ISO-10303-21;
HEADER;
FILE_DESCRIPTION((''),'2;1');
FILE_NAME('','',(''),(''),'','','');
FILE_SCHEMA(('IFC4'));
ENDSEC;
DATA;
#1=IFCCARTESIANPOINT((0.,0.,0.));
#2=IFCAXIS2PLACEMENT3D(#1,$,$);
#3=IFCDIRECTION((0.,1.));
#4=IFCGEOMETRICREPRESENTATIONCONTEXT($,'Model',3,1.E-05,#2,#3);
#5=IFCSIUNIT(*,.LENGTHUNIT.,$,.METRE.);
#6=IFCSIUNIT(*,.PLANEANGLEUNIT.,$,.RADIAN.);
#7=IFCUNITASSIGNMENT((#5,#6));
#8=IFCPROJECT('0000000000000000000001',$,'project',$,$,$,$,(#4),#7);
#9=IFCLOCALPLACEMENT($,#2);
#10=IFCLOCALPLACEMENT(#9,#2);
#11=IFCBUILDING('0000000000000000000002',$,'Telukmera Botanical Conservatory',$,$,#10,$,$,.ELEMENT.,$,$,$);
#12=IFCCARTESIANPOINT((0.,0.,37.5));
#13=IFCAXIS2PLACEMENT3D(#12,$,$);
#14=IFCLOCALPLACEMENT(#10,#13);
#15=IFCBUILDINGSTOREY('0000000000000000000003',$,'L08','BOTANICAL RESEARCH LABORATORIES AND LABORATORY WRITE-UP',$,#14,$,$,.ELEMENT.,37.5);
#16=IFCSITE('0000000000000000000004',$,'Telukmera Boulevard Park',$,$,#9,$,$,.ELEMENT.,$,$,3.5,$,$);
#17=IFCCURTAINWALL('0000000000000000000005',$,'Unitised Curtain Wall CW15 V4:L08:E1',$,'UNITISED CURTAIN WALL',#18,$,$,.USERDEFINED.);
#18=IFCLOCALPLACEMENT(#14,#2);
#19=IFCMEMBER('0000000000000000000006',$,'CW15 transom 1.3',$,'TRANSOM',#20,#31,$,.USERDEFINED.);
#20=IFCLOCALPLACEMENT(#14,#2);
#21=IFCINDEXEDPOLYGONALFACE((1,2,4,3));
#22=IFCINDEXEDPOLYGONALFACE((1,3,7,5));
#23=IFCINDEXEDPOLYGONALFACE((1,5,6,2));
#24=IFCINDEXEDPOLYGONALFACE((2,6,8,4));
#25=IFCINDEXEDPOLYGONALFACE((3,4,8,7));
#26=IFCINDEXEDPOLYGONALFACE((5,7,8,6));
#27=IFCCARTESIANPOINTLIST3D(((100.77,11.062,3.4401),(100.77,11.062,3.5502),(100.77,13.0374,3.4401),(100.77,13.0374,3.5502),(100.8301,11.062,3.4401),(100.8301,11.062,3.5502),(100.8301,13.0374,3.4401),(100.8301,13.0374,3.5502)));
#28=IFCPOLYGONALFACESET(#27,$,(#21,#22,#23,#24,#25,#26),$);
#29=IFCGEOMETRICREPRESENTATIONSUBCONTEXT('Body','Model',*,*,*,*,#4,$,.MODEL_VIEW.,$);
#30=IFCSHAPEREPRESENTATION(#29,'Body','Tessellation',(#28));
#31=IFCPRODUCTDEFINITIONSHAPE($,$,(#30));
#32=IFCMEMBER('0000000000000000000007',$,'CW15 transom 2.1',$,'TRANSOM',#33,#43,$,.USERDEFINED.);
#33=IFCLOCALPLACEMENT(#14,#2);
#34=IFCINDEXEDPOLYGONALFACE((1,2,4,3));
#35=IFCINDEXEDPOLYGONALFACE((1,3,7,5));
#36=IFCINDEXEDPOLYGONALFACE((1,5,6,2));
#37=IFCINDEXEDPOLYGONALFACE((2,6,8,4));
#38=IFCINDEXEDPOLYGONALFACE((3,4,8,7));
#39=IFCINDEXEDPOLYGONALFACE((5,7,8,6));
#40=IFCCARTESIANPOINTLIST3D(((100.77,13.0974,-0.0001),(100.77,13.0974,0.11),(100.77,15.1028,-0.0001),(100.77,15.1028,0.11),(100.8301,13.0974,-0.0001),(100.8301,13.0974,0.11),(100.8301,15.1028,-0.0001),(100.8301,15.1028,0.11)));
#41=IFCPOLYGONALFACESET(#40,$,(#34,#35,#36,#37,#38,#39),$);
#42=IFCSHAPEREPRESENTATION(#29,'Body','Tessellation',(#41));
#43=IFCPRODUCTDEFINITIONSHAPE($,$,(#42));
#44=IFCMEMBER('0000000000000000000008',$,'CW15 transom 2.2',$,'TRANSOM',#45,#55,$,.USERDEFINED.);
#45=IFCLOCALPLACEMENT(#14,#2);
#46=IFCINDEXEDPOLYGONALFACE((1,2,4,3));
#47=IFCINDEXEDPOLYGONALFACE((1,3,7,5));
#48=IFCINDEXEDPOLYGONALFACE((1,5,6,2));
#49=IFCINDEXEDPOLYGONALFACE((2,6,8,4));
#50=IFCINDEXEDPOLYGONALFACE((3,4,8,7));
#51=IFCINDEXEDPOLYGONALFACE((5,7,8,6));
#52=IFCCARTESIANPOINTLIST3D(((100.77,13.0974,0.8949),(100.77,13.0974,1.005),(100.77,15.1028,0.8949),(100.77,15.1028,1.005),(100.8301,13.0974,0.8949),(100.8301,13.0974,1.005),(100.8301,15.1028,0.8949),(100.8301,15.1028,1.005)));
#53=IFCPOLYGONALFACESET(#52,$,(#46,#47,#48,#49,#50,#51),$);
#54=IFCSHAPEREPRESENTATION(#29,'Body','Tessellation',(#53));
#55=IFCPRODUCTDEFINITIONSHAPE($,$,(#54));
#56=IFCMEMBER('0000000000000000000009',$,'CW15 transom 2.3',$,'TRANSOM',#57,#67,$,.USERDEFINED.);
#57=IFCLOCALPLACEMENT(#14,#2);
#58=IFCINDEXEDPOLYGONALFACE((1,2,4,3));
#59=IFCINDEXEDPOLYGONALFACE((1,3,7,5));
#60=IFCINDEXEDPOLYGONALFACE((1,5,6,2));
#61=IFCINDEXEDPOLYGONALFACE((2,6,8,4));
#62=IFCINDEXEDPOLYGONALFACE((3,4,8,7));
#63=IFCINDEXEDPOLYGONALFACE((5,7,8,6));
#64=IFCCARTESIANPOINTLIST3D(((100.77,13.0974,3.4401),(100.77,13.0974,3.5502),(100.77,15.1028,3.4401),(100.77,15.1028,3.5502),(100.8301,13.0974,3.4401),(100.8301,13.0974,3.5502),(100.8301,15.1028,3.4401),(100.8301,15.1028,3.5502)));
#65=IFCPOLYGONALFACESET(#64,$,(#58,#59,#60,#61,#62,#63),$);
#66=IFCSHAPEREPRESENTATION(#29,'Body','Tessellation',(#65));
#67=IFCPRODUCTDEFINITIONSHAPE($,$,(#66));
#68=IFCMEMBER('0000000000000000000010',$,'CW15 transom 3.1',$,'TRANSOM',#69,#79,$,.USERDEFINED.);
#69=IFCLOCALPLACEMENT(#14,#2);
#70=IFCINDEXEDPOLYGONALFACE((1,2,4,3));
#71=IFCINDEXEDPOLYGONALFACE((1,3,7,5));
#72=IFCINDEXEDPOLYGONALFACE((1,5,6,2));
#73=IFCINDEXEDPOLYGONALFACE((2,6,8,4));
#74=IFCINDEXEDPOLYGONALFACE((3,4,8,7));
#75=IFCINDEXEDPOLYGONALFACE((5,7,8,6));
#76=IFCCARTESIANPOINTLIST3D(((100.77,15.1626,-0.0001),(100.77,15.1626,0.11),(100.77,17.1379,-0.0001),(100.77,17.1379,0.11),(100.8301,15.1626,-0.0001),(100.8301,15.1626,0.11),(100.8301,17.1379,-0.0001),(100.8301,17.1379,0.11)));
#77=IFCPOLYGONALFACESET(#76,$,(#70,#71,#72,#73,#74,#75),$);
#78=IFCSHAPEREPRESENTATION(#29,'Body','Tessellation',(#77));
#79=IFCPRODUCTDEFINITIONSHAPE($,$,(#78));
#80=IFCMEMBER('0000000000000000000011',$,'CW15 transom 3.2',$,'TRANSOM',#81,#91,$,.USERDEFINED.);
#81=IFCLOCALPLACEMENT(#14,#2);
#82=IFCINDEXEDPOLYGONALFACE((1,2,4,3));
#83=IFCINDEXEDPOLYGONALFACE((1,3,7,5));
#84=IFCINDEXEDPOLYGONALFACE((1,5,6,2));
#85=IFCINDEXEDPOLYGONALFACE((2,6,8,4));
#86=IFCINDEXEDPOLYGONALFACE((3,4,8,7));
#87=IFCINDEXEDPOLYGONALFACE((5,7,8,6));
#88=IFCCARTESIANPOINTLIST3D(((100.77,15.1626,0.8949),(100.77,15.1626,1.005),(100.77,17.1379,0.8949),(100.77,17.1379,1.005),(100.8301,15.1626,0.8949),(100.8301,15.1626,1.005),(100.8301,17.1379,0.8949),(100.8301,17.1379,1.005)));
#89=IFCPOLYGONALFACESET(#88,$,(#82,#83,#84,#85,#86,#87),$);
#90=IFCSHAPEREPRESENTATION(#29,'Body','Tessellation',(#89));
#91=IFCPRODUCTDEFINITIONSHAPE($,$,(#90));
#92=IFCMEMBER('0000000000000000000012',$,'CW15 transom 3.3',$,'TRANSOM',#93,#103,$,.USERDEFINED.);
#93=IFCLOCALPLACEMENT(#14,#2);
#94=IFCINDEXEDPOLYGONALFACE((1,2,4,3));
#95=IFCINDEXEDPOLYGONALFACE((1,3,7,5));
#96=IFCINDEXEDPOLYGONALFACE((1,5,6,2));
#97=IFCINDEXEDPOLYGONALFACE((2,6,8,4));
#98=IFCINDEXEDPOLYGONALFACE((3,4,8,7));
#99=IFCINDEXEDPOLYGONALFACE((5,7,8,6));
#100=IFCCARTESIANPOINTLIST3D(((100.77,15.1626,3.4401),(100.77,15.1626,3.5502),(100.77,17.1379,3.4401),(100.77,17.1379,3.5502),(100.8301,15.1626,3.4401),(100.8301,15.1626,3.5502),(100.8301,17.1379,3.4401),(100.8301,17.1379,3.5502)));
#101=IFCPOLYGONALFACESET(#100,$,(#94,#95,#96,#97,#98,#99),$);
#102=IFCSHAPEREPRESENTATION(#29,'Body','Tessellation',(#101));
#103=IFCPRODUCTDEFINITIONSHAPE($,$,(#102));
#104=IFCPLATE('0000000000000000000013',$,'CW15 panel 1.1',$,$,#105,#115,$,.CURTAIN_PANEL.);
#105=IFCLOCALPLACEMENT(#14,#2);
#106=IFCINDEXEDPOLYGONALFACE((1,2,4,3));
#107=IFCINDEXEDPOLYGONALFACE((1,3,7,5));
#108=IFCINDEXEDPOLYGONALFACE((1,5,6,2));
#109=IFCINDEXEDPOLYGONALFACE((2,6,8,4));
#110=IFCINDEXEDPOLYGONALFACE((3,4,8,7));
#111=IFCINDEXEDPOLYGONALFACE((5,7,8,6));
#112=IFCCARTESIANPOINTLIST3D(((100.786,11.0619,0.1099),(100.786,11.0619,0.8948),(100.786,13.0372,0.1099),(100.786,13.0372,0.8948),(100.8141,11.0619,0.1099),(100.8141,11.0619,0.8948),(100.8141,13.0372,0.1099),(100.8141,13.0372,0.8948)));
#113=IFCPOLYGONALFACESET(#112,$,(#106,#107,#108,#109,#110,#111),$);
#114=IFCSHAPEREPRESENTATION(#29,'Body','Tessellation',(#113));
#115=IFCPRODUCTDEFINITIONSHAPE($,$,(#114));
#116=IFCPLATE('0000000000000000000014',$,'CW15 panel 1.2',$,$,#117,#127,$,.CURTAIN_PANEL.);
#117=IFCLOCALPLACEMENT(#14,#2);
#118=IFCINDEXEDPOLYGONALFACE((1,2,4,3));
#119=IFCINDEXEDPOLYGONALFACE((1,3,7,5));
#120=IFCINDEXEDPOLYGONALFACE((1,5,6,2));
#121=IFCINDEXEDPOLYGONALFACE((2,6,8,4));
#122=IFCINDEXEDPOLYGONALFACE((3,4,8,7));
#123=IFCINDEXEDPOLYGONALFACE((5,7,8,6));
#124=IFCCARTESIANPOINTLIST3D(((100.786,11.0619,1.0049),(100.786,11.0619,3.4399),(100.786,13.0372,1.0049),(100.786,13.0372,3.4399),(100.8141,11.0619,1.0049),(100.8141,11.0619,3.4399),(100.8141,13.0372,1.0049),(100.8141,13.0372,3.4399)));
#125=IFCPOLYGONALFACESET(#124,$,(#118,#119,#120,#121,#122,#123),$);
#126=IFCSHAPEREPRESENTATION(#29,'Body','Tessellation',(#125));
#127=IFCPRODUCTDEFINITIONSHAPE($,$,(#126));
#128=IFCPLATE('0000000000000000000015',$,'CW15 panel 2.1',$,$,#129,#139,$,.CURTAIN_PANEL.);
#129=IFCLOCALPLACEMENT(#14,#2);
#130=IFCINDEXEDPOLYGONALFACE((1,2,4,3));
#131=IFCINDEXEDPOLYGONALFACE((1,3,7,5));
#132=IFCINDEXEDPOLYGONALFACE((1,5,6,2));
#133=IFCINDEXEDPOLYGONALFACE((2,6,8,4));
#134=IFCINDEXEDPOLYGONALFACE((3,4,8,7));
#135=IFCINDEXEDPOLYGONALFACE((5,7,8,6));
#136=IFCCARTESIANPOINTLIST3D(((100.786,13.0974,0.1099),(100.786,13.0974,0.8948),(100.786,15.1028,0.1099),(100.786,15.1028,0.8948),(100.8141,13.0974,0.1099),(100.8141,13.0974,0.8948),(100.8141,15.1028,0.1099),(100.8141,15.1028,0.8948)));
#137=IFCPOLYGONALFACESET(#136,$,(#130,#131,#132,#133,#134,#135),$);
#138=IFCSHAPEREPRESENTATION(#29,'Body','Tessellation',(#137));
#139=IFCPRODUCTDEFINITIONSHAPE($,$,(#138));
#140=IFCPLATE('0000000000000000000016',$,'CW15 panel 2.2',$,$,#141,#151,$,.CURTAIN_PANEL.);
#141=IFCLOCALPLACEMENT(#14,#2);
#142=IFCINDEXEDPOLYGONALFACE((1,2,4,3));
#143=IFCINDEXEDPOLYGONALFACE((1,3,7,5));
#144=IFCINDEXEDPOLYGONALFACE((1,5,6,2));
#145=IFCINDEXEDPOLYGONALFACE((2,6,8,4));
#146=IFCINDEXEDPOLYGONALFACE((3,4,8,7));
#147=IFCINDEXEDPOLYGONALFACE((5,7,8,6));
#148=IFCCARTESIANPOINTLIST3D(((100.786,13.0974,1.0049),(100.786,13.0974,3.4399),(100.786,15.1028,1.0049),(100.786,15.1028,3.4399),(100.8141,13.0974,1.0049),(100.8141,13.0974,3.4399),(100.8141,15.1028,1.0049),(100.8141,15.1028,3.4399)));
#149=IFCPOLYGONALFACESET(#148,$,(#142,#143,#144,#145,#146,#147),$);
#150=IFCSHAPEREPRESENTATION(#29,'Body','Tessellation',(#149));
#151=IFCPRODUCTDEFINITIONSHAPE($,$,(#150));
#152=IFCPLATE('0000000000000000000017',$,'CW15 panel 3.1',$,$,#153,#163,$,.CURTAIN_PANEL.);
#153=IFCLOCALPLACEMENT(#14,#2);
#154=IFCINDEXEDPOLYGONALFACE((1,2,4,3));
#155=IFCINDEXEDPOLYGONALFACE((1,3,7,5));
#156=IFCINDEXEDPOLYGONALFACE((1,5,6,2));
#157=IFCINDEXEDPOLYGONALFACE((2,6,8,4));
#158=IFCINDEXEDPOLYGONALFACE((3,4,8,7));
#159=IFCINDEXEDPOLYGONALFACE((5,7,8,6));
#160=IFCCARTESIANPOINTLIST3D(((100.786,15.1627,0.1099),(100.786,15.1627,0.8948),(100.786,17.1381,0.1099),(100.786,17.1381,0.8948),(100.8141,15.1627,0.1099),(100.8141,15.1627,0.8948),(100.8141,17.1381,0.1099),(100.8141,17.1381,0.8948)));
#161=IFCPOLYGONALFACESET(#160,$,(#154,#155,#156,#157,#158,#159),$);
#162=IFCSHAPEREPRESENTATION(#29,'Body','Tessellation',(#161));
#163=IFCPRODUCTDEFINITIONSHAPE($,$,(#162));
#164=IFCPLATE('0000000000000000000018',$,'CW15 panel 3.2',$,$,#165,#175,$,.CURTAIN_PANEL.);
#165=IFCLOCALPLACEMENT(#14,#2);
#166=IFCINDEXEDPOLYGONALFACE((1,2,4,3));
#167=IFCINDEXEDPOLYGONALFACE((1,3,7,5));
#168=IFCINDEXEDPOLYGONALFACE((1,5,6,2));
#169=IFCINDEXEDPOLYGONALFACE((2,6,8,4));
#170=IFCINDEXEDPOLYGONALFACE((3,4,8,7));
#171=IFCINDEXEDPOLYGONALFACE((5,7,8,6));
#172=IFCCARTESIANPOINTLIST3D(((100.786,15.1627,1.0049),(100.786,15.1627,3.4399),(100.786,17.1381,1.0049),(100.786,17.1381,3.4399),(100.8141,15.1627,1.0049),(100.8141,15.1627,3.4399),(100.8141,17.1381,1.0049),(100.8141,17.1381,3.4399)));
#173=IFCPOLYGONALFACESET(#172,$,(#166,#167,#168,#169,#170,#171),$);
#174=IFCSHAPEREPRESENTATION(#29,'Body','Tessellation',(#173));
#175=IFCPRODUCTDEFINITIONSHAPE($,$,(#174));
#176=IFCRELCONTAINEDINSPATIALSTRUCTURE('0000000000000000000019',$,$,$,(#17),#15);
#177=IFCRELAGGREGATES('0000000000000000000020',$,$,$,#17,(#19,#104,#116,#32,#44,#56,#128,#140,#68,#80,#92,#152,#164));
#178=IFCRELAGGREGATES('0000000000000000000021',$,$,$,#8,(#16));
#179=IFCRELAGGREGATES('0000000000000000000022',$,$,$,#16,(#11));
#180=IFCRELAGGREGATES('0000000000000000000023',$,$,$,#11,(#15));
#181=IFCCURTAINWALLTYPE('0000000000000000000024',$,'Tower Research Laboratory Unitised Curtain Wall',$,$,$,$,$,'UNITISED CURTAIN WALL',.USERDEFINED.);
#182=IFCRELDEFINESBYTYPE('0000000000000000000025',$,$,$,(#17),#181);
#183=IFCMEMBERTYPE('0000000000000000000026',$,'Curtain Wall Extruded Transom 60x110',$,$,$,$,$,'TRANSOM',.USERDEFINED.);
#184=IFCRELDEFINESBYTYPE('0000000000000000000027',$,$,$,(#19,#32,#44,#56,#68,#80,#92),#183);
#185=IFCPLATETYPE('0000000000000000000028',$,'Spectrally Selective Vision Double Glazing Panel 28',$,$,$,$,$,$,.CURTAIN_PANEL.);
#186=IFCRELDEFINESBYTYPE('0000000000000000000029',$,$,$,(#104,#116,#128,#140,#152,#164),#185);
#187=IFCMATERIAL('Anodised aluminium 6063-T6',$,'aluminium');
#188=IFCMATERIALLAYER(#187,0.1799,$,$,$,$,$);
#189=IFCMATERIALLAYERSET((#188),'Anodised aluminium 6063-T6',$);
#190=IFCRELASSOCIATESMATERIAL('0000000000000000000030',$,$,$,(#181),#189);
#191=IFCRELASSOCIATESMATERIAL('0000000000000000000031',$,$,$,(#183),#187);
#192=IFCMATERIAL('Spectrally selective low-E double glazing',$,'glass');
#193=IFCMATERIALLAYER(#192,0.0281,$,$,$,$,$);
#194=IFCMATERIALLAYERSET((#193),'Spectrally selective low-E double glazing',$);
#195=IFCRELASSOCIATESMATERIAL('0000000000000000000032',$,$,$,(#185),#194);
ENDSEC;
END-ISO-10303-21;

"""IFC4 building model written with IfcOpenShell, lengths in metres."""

from ifc_helpers import new_model, si_unit, direction, frame, origin, origin_2d, place, context, subcontext, project, spatial, rectangle, extrude, material, layer, layer_set, material_profile, profile_set, type_object, element, aggregate, save


model = new_model("IFC4")

# Units and contexts
model_context = context("Model", 3, precision=1e-05, world=origin(), true_north=direction((0.0, 1.0)))
body_context = subcontext(model_context, "Body", "Model", "MODEL_VIEW")
ifc_project = project(units=[si_unit("LENGTHUNIT", "METRE"), si_unit("PLANEANGLEUNIT", "RADIAN")], contexts=[model_context])

# Site, building, storey
site_placement = place(None, origin())
site = spatial("IfcSite", under=ifc_project, at=site_placement, Name="Telukmera Boulevard Park", CompositionType="ELEMENT", RefElevation=3.5)
building_placement = place(site_placement, origin())
building = spatial("IfcBuilding", under=site, at=building_placement, Name="Telukmera Botanical Conservatory", CompositionType="ELEMENT")
storey_placement = place(building_placement, frame((0.0, 0.0, 37.5)))
storey = spatial("IfcBuildingStorey", under=building, at=storey_placement, Name="L08", Description="BOTANICAL RESEARCH LABORATORIES AND LABORATORY WRITE-UP", CompositionType="ELEMENT", Elevation=37.5)

# Curtain wall, members, plates
ifc_material_1 = material(Name="Anodised aluminium 6063-T6", Category="aluminium")
ifc_layer_1 = layer(ifc_material_1, 0.1799)
ifc_layer_set_1 = layer_set([ifc_layer_1], Name="Anodised aluminium 6063-T6")
curtain_wall_type = type_object("IfcCurtainWallType", Name="Tower Research Laboratory Unitised Curtain Wall", ElementType="UNITISED CURTAIN WALL", PredefinedType="USERDEFINED", material=ifc_layer_set_1)
curtain_wall_placement = place(storey_placement, origin())
curtain_wall = element("IfcCurtainWall", 1, at=curtain_wall_placement, inside=storey, type_object=curtain_wall_type, Name="Unitised Curtain Wall CW15 V4:L08:E1", ObjectType="UNITISED CURTAIN WALL", PredefinedType="USERDEFINED")
ifc_material_profile_1 = material_profile(ifc_material_1, rectangle(XDim=0.0601, YDim=0.1101, at=origin_2d()), Name="ALU TRAN 60x110")
ifc_profile_set_1 = profile_set([ifc_material_profile_1], Name="Anodised aluminium 6063-T6")
member_type_1 = type_object("IfcMemberType", Name="Curtain Wall Extruded Transom 60x110", ElementType="TRANSOM", PredefinedType="USERDEFINED", material=ifc_profile_set_1)
member_1_placement = place(storey_placement, frame((100.8, 11.062, 3.4951), z_axis=(0.0, 1.0, 0.0), x_axis=(-1.0, 0.0, 0.0)))
member_1 = element("IfcMember", 2, at=member_1_placement, type_object=member_type_1, Name="CW15 transom 1.3", ObjectType="TRANSOM", PredefinedType="USERDEFINED", context=body_context, shape_type="SweptSolid", body=[
    extrude(rectangle(XDim=0.0601, YDim=0.1101, at=origin_2d()), origin(), (0.0, 0.0, 1.0), 1.9753),
])
member_2_placement = place(storey_placement, frame((100.8, 13.0974, 0.0549), z_axis=(0.0, 1.0, 0.0), x_axis=(-1.0, 0.0, 0.0)))
member_2 = element("IfcMember", 3, at=member_2_placement, type_object=member_type_1, Name="CW15 transom 2.1", ObjectType="TRANSOM", PredefinedType="USERDEFINED", context=body_context, shape_type="SweptSolid", body=[
    extrude(rectangle(XDim=0.0601, YDim=0.1101, at=origin_2d()), origin(), (0.0, 0.0, 1.0), 2.0054),
])
member_3_placement = place(storey_placement, frame((100.8, 13.0974, 0.95), z_axis=(0.0, 1.0, 0.0), x_axis=(-1.0, 0.0, 0.0)))
member_3 = element("IfcMember", 4, at=member_3_placement, type_object=member_type_1, Name="CW15 transom 2.2", ObjectType="TRANSOM", PredefinedType="USERDEFINED", context=body_context, shape_type="SweptSolid", body=[
    extrude(rectangle(XDim=0.0601, YDim=0.1101, at=origin_2d()), origin(), (0.0, 0.0, 1.0), 2.0054),
])
member_4_placement = place(storey_placement, frame((100.8, 13.0974, 3.4951), z_axis=(0.0, 1.0, 0.0), x_axis=(-1.0, 0.0, 0.0)))
member_4 = element("IfcMember", 5, at=member_4_placement, type_object=member_type_1, Name="CW15 transom 2.3", ObjectType="TRANSOM", PredefinedType="USERDEFINED", context=body_context, shape_type="SweptSolid", body=[
    extrude(rectangle(XDim=0.0601, YDim=0.1101, at=origin_2d()), origin(), (0.0, 0.0, 1.0), 2.0054),
])
member_5_placement = place(storey_placement, frame((100.8, 15.1626, 0.0549), z_axis=(0.0, 1.0, 0.0), x_axis=(-1.0, 0.0, 0.0)))
member_5 = element("IfcMember", 6, at=member_5_placement, type_object=member_type_1, Name="CW15 transom 3.1", ObjectType="TRANSOM", PredefinedType="USERDEFINED", context=body_context, shape_type="SweptSolid", body=[
    extrude(rectangle(XDim=0.0601, YDim=0.1101, at=origin_2d()), origin(), (0.0, 0.0, 1.0), 1.9753),
])
member_6_placement = place(storey_placement, frame((100.8, 15.1626, 0.95), z_axis=(0.0, 1.0, 0.0), x_axis=(-1.0, 0.0, 0.0)))
member_6 = element("IfcMember", 7, at=member_6_placement, type_object=member_type_1, Name="CW15 transom 3.2", ObjectType="TRANSOM", PredefinedType="USERDEFINED", context=body_context, shape_type="SweptSolid", body=[
    extrude(rectangle(XDim=0.0601, YDim=0.1101, at=origin_2d()), origin(), (0.0, 0.0, 1.0), 1.9753),
])
member_7_placement = place(storey_placement, frame((100.8, 15.1626, 3.4951), z_axis=(0.0, 1.0, 0.0), x_axis=(-1.0, 0.0, 0.0)))
member_7 = element("IfcMember", 8, at=member_7_placement, type_object=member_type_1, Name="CW15 transom 3.3", ObjectType="TRANSOM", PredefinedType="USERDEFINED", context=body_context, shape_type="SweptSolid", body=[
    extrude(rectangle(XDim=0.0601, YDim=0.1101, at=origin_2d()), origin(), (0.0, 0.0, 1.0), 1.9753),
])
ifc_material_2 = material(Name="Spectrally selective low-E double glazing", Category="glass")
ifc_layer_2 = layer(ifc_material_2, 0.0281)
ifc_layer_set_2 = layer_set([ifc_layer_2], Name="Spectrally selective low-E double glazing")
plate_type = type_object("IfcPlateType", Name="Spectrally Selective Vision Double Glazing Panel 28", PredefinedType="CURTAIN_PANEL", material=ifc_layer_set_2)
plate_1_placement = place(storey_placement, frame((100.8, 12.0496, 0.1099), z_axis=(0.0, 0.0, 1.0), x_axis=(0.0, 1.0, 0.0)))
plate_1 = element("IfcPlate", 9, at=plate_1_placement, type_object=plate_type, Name="CW15 panel 1.1", PredefinedType="CURTAIN_PANEL", context=body_context, shape_type="SweptSolid", body=[
    extrude(rectangle(XDim=1.9753, YDim=0.0281, at=origin_2d()), origin(), (0.0, 0.0, 1.0), 0.7849),
])
plate_2_placement = place(storey_placement, frame((100.8, 12.0496, 1.0049), z_axis=(0.0, 0.0, 1.0), x_axis=(0.0, 1.0, 0.0)))
plate_2 = element("IfcPlate", 10, at=plate_2_placement, type_object=plate_type, Name="CW15 panel 1.2", PredefinedType="CURTAIN_PANEL", context=body_context, shape_type="SweptSolid", body=[
    extrude(rectangle(XDim=1.9753, YDim=0.0281, at=origin_2d()), origin(), (0.0, 0.0, 1.0), 2.4351),
])
plate_3_placement = place(storey_placement, frame((100.8, 14.1001, 0.1099), z_axis=(0.0, 0.0, 1.0), x_axis=(0.0, 1.0, 0.0)))
plate_3 = element("IfcPlate", 11, at=plate_3_placement, type_object=plate_type, Name="CW15 panel 2.1", PredefinedType="CURTAIN_PANEL", context=body_context, shape_type="SweptSolid", body=[
    extrude(rectangle(XDim=2.0054, YDim=0.0281, at=origin_2d()), origin(), (0.0, 0.0, 1.0), 0.7849),
])
plate_4_placement = place(storey_placement, frame((100.8, 14.1001, 1.0049), z_axis=(0.0, 0.0, 1.0), x_axis=(0.0, 1.0, 0.0)))
plate_4 = element("IfcPlate", 12, at=plate_4_placement, type_object=plate_type, Name="CW15 panel 2.2", PredefinedType="CURTAIN_PANEL", context=body_context, shape_type="SweptSolid", body=[
    extrude(rectangle(XDim=2.0054, YDim=0.0281, at=origin_2d()), origin(), (0.0, 0.0, 1.0), 2.4351),
])
plate_5_placement = place(storey_placement, frame((100.8, 16.1504, 0.1099), z_axis=(0.0, 0.0, 1.0), x_axis=(0.0, 1.0, 0.0)))
plate_5 = element("IfcPlate", 13, at=plate_5_placement, type_object=plate_type, Name="CW15 panel 3.1", PredefinedType="CURTAIN_PANEL", context=body_context, shape_type="SweptSolid", body=[
    extrude(rectangle(XDim=1.9753, YDim=0.0281, at=origin_2d()), origin(), (0.0, 0.0, 1.0), 0.7849),
])
plate_6_placement = place(storey_placement, frame((100.8, 16.1504, 1.0049), z_axis=(0.0, 0.0, 1.0), x_axis=(0.0, 1.0, 0.0)))
plate_6 = element("IfcPlate", 14, at=plate_6_placement, type_object=plate_type, Name="CW15 panel 3.2", PredefinedType="CURTAIN_PANEL", context=body_context, shape_type="SweptSolid", body=[
    extrude(rectangle(XDim=1.9753, YDim=0.0281, at=origin_2d()), origin(), (0.0, 0.0, 1.0), 2.4351),
])
aggregate(curtain_wall, [member_1, plate_1, plate_2, member_2, member_3, member_4, plate_3, plate_4, member_5, member_6, member_7, plate_5, plate_6])

save(model, "model.ifc")
